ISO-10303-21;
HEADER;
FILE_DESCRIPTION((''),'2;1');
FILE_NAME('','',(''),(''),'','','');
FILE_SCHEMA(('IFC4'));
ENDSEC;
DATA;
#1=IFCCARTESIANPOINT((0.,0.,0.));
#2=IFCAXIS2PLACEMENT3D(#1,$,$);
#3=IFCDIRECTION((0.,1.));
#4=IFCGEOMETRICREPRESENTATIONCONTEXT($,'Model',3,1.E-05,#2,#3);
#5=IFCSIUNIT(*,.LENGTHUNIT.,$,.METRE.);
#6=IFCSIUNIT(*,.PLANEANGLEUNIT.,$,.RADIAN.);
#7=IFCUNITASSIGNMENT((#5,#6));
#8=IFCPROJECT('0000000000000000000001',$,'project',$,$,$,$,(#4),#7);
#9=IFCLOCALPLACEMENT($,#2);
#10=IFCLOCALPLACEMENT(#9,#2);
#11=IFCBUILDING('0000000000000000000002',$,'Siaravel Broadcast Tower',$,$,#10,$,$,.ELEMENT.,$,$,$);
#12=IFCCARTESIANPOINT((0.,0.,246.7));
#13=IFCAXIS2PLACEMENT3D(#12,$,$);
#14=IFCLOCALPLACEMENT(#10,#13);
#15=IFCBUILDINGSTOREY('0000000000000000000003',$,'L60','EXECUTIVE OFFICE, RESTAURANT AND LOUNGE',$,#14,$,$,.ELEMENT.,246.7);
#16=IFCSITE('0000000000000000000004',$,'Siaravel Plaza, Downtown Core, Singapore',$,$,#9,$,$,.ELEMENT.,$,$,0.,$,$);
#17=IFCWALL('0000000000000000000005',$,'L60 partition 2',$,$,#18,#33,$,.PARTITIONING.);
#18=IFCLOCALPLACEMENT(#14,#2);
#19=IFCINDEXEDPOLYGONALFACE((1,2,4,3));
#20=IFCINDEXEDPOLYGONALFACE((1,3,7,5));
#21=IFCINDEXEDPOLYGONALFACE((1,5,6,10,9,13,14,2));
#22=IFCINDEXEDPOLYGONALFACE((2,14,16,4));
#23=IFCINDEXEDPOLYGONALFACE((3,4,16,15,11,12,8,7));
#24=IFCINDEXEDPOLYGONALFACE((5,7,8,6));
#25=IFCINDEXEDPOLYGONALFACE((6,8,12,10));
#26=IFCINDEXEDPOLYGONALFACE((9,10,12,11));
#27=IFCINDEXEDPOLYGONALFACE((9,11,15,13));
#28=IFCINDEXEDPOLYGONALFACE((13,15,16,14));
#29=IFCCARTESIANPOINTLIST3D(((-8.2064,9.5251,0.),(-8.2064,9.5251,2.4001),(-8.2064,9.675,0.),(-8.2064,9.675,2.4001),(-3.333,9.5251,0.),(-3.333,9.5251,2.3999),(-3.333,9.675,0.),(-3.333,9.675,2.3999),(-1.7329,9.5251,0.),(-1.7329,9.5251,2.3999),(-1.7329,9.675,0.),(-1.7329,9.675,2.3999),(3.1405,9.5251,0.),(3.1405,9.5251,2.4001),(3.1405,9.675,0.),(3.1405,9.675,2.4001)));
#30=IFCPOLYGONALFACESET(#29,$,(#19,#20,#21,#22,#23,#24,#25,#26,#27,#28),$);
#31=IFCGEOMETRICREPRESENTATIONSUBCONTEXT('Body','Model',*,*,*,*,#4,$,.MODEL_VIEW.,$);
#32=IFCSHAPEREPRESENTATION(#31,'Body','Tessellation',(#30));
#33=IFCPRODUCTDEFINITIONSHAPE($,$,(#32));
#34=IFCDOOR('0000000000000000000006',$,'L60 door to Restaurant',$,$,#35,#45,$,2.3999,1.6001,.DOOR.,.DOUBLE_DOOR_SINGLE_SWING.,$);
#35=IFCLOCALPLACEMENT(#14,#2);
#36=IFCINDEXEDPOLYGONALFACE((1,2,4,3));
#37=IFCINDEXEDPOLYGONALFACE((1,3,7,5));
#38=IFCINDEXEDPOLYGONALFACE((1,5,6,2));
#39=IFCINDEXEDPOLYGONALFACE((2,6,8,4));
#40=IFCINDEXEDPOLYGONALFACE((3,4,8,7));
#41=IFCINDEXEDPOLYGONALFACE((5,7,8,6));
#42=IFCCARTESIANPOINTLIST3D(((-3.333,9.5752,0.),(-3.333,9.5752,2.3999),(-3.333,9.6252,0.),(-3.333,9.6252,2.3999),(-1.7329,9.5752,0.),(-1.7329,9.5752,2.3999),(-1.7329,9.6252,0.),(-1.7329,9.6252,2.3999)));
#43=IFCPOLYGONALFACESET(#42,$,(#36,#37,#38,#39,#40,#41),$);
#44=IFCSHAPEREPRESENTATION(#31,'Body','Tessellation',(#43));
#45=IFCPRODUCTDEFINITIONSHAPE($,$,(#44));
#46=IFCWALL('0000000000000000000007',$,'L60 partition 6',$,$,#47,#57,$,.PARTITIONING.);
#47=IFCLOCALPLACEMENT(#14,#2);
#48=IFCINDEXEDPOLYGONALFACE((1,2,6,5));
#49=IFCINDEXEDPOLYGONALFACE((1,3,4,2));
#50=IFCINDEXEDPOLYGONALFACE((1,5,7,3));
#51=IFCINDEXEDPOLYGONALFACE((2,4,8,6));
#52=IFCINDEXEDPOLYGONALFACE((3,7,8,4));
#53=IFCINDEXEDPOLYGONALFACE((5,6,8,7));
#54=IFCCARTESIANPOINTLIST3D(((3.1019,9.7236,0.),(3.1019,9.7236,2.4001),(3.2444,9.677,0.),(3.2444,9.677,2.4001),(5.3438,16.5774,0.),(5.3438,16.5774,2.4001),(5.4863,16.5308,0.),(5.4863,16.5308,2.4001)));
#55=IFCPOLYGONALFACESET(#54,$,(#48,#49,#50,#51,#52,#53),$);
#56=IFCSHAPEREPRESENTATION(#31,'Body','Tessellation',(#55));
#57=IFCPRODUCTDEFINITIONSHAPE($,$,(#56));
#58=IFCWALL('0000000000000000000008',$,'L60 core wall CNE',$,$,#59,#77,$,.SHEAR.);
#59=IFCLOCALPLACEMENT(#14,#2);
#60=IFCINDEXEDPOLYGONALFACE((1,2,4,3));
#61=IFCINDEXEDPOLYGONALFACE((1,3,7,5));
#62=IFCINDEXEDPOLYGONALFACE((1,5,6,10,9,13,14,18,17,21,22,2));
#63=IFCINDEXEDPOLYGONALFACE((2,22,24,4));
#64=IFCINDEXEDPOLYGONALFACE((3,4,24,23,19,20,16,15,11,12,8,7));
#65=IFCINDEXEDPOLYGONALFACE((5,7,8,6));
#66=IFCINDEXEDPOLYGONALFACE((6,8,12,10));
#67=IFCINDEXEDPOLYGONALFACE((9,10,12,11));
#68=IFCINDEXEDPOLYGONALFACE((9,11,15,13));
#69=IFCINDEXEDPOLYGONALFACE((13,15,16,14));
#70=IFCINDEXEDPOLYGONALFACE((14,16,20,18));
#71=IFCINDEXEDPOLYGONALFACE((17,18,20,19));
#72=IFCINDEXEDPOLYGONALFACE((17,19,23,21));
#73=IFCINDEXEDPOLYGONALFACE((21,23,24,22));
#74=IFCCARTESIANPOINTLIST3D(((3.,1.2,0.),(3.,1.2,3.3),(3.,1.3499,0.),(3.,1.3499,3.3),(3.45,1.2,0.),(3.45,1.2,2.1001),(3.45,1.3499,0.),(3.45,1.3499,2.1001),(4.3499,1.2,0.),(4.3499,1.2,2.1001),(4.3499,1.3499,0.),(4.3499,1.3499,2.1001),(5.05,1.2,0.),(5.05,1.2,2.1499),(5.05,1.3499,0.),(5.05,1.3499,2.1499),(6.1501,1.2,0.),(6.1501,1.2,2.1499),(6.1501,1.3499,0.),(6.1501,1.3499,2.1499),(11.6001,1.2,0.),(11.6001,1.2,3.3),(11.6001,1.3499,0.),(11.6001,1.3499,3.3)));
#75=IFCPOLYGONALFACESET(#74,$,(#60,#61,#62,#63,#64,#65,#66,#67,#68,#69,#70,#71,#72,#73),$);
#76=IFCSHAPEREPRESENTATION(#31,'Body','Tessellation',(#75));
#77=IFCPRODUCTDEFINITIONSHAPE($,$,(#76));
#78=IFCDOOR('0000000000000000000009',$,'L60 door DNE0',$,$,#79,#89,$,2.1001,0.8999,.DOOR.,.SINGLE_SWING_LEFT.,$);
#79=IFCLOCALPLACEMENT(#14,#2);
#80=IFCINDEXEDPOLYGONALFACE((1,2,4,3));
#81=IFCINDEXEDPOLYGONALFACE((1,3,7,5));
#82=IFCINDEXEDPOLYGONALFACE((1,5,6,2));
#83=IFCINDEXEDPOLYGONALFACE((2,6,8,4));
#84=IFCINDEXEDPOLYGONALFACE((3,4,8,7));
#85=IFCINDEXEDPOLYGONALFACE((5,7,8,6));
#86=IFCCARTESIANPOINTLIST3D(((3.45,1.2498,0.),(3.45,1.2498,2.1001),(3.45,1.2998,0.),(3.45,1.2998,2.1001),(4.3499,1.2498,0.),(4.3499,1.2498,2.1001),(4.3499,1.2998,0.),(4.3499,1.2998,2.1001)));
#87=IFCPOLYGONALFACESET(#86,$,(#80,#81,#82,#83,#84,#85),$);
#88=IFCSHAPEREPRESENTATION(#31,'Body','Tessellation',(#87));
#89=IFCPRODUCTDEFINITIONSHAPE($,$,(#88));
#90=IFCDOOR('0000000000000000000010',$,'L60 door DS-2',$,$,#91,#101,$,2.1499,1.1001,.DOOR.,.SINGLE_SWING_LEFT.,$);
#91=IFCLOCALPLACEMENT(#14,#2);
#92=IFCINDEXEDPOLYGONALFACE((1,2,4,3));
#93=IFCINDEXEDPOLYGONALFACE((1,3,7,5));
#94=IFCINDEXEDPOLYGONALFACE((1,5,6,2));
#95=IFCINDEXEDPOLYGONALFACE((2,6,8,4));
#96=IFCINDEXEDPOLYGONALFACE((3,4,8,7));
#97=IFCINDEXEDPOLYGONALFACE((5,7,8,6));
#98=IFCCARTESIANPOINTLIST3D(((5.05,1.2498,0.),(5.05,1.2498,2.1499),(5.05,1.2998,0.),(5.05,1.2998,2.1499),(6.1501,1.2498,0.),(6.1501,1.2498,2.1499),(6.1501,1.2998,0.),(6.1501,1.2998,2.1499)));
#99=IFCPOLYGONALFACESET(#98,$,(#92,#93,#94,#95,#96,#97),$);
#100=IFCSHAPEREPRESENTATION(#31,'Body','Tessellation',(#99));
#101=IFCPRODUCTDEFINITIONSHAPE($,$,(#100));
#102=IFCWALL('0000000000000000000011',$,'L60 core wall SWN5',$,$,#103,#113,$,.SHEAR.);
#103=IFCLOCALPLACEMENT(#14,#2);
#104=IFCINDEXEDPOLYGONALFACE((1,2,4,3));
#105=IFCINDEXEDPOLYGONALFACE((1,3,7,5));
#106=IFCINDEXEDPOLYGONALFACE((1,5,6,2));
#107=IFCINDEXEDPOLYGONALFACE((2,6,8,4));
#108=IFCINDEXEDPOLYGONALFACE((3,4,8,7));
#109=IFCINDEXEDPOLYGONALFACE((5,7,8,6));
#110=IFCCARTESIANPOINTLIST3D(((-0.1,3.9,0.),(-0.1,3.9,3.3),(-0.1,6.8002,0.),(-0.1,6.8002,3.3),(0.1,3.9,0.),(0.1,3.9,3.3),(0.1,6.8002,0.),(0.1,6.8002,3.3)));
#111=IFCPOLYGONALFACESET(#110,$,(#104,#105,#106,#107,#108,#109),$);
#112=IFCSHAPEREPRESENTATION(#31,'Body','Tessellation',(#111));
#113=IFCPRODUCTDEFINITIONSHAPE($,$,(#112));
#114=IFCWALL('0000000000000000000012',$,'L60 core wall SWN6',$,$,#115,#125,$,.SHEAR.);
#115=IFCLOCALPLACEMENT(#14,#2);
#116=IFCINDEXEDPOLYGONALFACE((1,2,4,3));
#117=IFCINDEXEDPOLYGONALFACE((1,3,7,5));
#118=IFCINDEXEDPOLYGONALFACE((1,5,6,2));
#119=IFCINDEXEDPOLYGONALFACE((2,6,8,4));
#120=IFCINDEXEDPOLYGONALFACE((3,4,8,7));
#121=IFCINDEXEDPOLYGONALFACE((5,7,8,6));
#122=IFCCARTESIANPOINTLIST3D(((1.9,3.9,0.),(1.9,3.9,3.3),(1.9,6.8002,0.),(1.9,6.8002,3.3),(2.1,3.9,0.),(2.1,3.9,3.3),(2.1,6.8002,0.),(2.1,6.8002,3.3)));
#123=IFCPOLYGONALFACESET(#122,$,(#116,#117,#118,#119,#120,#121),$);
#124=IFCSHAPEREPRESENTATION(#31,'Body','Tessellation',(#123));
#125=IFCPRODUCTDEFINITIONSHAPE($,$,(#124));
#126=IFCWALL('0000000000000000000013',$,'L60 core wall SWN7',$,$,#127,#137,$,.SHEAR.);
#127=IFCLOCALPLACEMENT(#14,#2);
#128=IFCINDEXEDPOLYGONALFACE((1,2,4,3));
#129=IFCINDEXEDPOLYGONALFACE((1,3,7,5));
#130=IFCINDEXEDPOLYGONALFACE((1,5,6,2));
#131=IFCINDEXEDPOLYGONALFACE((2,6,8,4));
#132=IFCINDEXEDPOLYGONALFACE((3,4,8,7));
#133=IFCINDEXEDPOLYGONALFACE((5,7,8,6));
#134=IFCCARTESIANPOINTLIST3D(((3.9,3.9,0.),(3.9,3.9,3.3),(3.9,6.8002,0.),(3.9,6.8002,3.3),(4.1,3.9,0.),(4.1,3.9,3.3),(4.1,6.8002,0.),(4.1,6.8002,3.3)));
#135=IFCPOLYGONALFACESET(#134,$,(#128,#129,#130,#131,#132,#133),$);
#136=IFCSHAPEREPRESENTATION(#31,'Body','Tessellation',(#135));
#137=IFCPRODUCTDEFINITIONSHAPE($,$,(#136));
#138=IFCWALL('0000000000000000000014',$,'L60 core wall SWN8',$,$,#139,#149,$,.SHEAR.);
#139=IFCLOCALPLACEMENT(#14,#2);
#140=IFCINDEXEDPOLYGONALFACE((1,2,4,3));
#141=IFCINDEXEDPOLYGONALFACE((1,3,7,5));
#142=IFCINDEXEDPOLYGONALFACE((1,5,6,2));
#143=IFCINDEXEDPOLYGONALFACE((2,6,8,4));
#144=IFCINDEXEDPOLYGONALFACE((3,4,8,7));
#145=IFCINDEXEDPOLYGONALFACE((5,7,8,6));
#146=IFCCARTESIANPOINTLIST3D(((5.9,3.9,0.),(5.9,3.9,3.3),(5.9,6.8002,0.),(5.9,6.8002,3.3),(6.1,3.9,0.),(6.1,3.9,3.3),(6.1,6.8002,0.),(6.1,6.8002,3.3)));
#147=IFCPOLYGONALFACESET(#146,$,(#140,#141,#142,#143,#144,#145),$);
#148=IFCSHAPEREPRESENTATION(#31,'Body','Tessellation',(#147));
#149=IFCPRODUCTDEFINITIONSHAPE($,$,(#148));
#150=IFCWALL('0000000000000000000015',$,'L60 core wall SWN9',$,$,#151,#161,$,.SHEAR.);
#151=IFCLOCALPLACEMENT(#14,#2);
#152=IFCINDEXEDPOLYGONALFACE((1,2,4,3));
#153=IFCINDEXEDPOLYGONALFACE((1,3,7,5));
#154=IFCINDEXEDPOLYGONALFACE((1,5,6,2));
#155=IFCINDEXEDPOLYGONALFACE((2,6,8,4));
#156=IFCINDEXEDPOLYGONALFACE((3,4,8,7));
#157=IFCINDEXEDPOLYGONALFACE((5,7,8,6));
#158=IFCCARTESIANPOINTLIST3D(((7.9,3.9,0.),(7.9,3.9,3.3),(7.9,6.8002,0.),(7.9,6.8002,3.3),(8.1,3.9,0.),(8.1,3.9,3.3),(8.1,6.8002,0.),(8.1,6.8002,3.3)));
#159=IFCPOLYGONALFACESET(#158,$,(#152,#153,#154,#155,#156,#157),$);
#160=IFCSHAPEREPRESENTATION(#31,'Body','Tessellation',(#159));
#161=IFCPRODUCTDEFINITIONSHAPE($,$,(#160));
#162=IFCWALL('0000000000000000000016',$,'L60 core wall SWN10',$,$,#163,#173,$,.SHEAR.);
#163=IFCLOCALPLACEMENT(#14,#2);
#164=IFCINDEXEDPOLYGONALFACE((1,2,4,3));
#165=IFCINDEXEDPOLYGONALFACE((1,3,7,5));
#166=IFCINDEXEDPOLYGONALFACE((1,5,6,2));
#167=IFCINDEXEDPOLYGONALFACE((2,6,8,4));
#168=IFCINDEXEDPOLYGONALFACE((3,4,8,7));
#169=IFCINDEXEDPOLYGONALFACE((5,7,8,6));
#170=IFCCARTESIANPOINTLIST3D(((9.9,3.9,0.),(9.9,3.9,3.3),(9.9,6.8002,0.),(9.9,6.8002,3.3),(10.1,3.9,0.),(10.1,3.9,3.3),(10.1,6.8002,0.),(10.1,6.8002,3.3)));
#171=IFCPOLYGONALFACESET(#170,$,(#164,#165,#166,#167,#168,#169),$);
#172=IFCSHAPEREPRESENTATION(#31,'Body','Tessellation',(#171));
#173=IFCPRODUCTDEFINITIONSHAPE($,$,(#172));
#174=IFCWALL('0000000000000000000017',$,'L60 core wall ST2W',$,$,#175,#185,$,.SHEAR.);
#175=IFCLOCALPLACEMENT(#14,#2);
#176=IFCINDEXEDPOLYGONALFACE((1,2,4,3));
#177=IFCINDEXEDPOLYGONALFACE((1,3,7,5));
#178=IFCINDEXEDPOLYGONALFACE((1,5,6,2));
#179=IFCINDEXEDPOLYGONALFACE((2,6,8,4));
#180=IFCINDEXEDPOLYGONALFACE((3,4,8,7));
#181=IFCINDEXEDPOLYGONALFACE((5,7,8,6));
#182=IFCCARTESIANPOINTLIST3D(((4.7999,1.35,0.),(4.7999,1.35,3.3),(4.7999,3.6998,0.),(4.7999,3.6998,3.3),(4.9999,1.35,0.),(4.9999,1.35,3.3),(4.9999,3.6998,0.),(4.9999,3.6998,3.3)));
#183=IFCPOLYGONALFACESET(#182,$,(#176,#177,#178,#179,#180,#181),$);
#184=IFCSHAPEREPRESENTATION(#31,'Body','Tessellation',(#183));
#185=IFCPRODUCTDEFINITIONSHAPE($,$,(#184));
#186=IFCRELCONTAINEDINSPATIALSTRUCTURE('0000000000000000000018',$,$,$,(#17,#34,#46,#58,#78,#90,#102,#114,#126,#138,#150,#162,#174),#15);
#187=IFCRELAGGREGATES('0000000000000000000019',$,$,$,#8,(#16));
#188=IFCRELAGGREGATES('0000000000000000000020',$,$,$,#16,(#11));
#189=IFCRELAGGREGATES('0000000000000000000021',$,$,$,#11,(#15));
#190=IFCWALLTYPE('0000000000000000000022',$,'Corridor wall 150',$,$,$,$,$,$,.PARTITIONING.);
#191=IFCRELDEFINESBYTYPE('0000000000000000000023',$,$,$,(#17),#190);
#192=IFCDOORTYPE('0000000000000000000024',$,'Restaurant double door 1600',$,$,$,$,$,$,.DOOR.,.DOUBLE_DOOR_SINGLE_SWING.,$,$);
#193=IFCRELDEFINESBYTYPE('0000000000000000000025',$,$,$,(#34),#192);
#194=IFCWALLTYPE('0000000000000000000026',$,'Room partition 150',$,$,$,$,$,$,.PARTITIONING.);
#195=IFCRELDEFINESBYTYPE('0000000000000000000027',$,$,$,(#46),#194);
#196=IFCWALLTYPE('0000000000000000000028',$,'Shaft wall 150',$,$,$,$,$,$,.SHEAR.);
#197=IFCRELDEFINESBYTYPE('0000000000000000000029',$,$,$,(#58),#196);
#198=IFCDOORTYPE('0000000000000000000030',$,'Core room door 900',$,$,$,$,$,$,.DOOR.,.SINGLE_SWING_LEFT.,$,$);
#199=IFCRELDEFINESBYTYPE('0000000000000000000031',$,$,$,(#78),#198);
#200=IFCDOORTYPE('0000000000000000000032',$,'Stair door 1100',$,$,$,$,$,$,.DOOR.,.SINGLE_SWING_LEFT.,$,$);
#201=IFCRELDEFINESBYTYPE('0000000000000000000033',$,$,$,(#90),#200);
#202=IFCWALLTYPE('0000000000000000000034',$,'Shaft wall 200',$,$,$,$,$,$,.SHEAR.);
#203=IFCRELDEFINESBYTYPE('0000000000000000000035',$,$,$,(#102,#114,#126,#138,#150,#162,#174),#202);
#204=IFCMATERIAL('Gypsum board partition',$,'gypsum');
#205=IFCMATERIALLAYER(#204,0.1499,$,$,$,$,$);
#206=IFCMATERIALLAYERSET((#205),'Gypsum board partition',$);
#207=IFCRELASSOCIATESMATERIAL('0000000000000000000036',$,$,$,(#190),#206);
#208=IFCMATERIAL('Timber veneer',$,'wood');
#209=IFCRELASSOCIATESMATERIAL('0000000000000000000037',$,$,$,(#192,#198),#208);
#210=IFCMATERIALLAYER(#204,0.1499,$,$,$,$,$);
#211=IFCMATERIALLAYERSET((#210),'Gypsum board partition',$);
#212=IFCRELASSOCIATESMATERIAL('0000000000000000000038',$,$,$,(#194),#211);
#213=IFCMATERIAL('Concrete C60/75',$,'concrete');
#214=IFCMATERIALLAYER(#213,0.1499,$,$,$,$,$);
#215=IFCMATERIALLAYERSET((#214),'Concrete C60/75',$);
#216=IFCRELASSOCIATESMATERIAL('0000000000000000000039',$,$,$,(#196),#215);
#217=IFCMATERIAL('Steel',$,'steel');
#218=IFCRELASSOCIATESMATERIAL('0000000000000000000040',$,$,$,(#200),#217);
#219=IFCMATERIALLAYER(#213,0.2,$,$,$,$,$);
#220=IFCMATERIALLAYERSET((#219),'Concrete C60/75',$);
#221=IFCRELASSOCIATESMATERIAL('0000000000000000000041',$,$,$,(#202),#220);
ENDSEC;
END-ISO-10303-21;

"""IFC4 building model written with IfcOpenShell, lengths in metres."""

from ifc_helpers import new_model, si_unit, direction, frame, frame_2d, origin, place, context, subcontext, project, spatial, rectangle, extrude, material, layer, layer_set, type_object, element, fill, save


model = new_model("IFC4")

# Units and contexts
model_context = context("Model", 3, precision=1e-05, world=origin(), true_north=direction((0.0, 1.0)))
body_context = subcontext(model_context, "Body", "Model", "MODEL_VIEW")
ifc_project = project(units=[si_unit("LENGTHUNIT", "METRE"), si_unit("PLANEANGLEUNIT", "RADIAN")], contexts=[model_context])

# Site, building, storey
site_placement = place(None, origin())
site = spatial("IfcSite", under=ifc_project, at=site_placement, Name="Siaravel Plaza, Downtown Core, Singapore", CompositionType="ELEMENT", RefElevation=0.0)
building_placement = place(site_placement, origin())
building = spatial("IfcBuilding", under=site, at=building_placement, Name="Siaravel Broadcast Tower", CompositionType="ELEMENT")
storey_placement = place(building_placement, frame((0.0, 0.0, 246.7)))
storey = spatial("IfcBuildingStorey", under=building, at=storey_placement, Name="L60", Description="EXECUTIVE OFFICE, RESTAURANT AND LOUNGE", CompositionType="ELEMENT", Elevation=246.7)

# Wall, opening, door
ifc_material_1 = material(Name="Gypsum board partition", Category="gypsum")
ifc_layer_1 = layer(ifc_material_1, 0.1499)
ifc_layer_set_1 = layer_set([ifc_layer_1], Name="Gypsum board partition")
wall_type_1 = type_object("IfcWallType", Name="Corridor wall 150", PredefinedType="PARTITIONING", material=ifc_layer_set_1)
wall_1_placement = place(storey_placement, frame((3.1404, 9.6001, 0.0), z_axis=(0.0, 0.0, 1.0), x_axis=(-1.0, 0.0, 0.0)))
wall_1 = element("IfcWall", 1, at=wall_1_placement, inside=storey, type_object=wall_type_1, Name="L60 partition 2", PredefinedType="PARTITIONING", context=body_context, shape_type="SweptSolid", body=[
    extrude(rectangle(XDim=11.3469, YDim=0.1499, at=frame_2d((5.6733, 0.0))), origin(), (0.0, 0.0, 1.0), 2.4001),
])
opening_1_placement = place(wall_1_placement, frame((4.8733, 0.0, 0.0)))
opening_1 = element("IfcOpeningElement", 2, at=opening_1_placement, cuts=wall_1, PredefinedType="OPENING", context=body_context, shape_type="SweptSolid", body=[
    extrude(rectangle(XDim=1.6001, YDim=2.3999, at=frame_2d((0.8, 1.2))), frame((0.0, 0.085, 0.0), z_axis=(0.0, -1.0, 0.0), x_axis=(1.0, 0.0, 0.0)), (0.0, 0.0, 1.0), 0.1699),
])
ifc_material_2 = material(Name="Timber veneer", Category="wood")
door_type_1 = type_object("IfcDoorType", Name="Restaurant double door 1600", OperationType="DOUBLE_DOOR_SINGLE_SWING", PredefinedType="DOOR", material=ifc_material_2)
door_1_placement = place(opening_1_placement, origin())
door_1 = element("IfcDoor", 3, at=door_1_placement, inside=storey, type_object=door_type_1, Name="L60 door to Restaurant", OperationType="DOUBLE_DOOR_SINGLE_SWING", OverallHeight=2.3999, OverallWidth=1.6001, PredefinedType="DOOR", context=body_context, shape_type="SweptSolid", body=[
    extrude(rectangle(XDim=1.6001, YDim=2.3999, at=frame_2d((0.8, 1.2))), frame((0.0, 0.0249, 0.0), z_axis=(0.0, -1.0, 0.0), x_axis=(1.0, 0.0, 0.0)), (0.0, 0.0, 1.0), 0.05),
])
fill(opening_1, door_1)

# Wall
ifc_layer_2 = layer(ifc_material_1, 0.1499)
ifc_layer_set_2 = layer_set([ifc_layer_2], Name="Gypsum board partition")
wall_type_2 = type_object("IfcWallType", Name="Room partition 150", PredefinedType="PARTITIONING", material=ifc_layer_set_2)
wall_2_placement = place(storey_placement, frame((5.415, 16.554, 0.0), z_axis=(0.0, 0.0, 1.0), x_axis=(-0.310901, -0.950442, 0.0)))
element("IfcWall", 4, at=wall_2_placement, inside=storey, type_object=wall_type_2, Name="L60 partition 6", PredefinedType="PARTITIONING", context=body_context, shape_type="SweptSolid", body=[
    extrude(rectangle(XDim=7.2112, YDim=0.1499, at=frame_2d((3.6055, 0.0))), origin(), (0.0, 0.0, 1.0), 2.4001),
])

# Wall, openings, doors
ifc_material_3 = material(Name="Concrete C60/75", Category="concrete")
ifc_layer_3 = layer(ifc_material_3, 0.1499)
ifc_layer_set_3 = layer_set([ifc_layer_3], Name="Concrete C60/75")
wall_type_3 = type_object("IfcWallType", Name="Shaft wall 150", PredefinedType="SHEAR", material=ifc_layer_set_3)
wall_3_placement = place(storey_placement, frame((3.0, 1.2749, 0.0), z_axis=(0.0, 0.0, 1.0), x_axis=(1.0, 0.0, 0.0)))
wall_3 = element("IfcWall", 5, at=wall_3_placement, inside=storey, type_object=wall_type_3, Name="L60 core wall CNE", PredefinedType="SHEAR", context=body_context, shape_type="SweptSolid", body=[
    extrude(rectangle(XDim=8.6001, YDim=0.1499, at=frame_2d((4.3, 0.0))), origin(), (0.0, 0.0, 1.0), 3.3),
])
opening_2_placement = place(wall_3_placement, frame((2.05, 0.0, 0.0)))
opening_2 = element("IfcOpeningElement", 6, at=opening_2_placement, cuts=wall_3, PredefinedType="OPENING", context=body_context, shape_type="SweptSolid", body=[
    extrude(rectangle(XDim=1.1001, YDim=2.1499, at=frame_2d((0.55, 1.075))), frame((0.0, 0.085, 0.0), z_axis=(0.0, -1.0, 0.0), x_axis=(1.0, 0.0, 0.0)), (0.0, 0.0, 1.0), 0.1699),
])
opening_3_placement = place(wall_3_placement, frame((0.45, 0.0, 0.0)))
opening_3 = element("IfcOpeningElement", 7, at=opening_3_placement, cuts=wall_3, PredefinedType="OPENING", context=body_context, shape_type="SweptSolid", body=[
    extrude(rectangle(XDim=0.8999, YDim=2.1001, at=frame_2d((0.45, 1.05))), frame((0.0, 0.085, 0.0), z_axis=(0.0, -1.0, 0.0), x_axis=(1.0, 0.0, 0.0)), (0.0, 0.0, 1.0), 0.1699),
])
door_type_2 = type_object("IfcDoorType", Name="Core room door 900", OperationType="SINGLE_SWING_LEFT", PredefinedType="DOOR", material=ifc_material_2)
door_2_placement = place(opening_3_placement, origin())
door_2 = element("IfcDoor", 8, at=door_2_placement, inside=storey, type_object=door_type_2, Name="L60 door DNE0", OperationType="SINGLE_SWING_LEFT", OverallHeight=2.1001, OverallWidth=0.8999, PredefinedType="DOOR", context=body_context, shape_type="SweptSolid", body=[
    extrude(rectangle(XDim=0.8999, YDim=2.1001, at=frame_2d((0.45, 1.05))), frame((0.0, 0.0249, 0.0), z_axis=(0.0, -1.0, 0.0), x_axis=(1.0, 0.0, 0.0)), (0.0, 0.0, 1.0), 0.05),
])
fill(opening_3, door_2)
ifc_material_4 = material(Name="Steel", Category="steel")
door_type_3 = type_object("IfcDoorType", Name="Stair door 1100", OperationType="SINGLE_SWING_LEFT", PredefinedType="DOOR", material=ifc_material_4)
door_3_placement = place(opening_2_placement, origin())
door_3 = element("IfcDoor", 9, at=door_3_placement, inside=storey, type_object=door_type_3, Name="L60 door DS-2", OperationType="SINGLE_SWING_LEFT", OverallHeight=2.1499, OverallWidth=1.1001, PredefinedType="DOOR", context=body_context, shape_type="SweptSolid", body=[
    extrude(rectangle(XDim=1.1001, YDim=2.1499, at=frame_2d((0.55, 1.075))), frame((0.0, 0.0249, 0.0), z_axis=(0.0, -1.0, 0.0), x_axis=(1.0, 0.0, 0.0)), (0.0, 0.0, 1.0), 0.05),
])
fill(opening_2, door_3)

# Walls
ifc_layer_4 = layer(ifc_material_3, 0.2)
ifc_layer_set_4 = layer_set([ifc_layer_4], Name="Concrete C60/75")
wall_type_4 = type_object("IfcWallType", Name="Shaft wall 200", PredefinedType="SHEAR", material=ifc_layer_set_4)
for number, where, z_axis, x_axis, name in (
    (10, (0.0, 3.8999, 0.0), (0.0, 0.0, 1.0), (0.0, 1.0, 0.0), "L60 core wall SWN5"),
    (11, (2.0, 3.8999, 0.0), (0.0, 0.0, 1.0), (0.0, 1.0, 0.0), "L60 core wall SWN6"),
    (12, (4.0, 3.8999, 0.0), (0.0, 0.0, 1.0), (0.0, 1.0, 0.0), "L60 core wall SWN7"),
    (13, (6.0, 3.8999, 0.0), (0.0, 0.0, 1.0), (0.0, 1.0, 0.0), "L60 core wall SWN8"),
    (14, (8.0, 3.8999, 0.0), (0.0, 0.0, 1.0), (0.0, 1.0, 0.0), "L60 core wall SWN9"),
    (15, (10.0, 3.8999, 0.0), (0.0, 0.0, 1.0), (0.0, 1.0, 0.0), "L60 core wall SWN10"),
):
    element("IfcWall", number, at=place(storey_placement, frame(where, z_axis=z_axis, x_axis=x_axis)), inside=storey, type_object=wall_type_4, Name=name, PredefinedType="SHEAR", context=body_context, shape_type="SweptSolid", body=[
        extrude(rectangle(XDim=2.9001, YDim=0.2, at=frame_2d((1.4502, 0.0))), origin(), (0.0, 0.0, 1.0), 3.3),
    ])
wall_4_placement = place(storey_placement, frame((4.8999, 1.3501, 0.0), z_axis=(0.0, 0.0, 1.0), x_axis=(0.0, 1.0, 0.0)))
element("IfcWall", 16, at=wall_4_placement, inside=storey, type_object=wall_type_4, Name="L60 core wall ST2W", PredefinedType="SHEAR", context=body_context, shape_type="SweptSolid", body=[
    extrude(rectangle(XDim=2.3499, YDim=0.2, at=frame_2d((1.1748, 0.0))), origin(), (0.0, 0.0, 1.0), 3.3),
])

save(model, "model.ifc")
